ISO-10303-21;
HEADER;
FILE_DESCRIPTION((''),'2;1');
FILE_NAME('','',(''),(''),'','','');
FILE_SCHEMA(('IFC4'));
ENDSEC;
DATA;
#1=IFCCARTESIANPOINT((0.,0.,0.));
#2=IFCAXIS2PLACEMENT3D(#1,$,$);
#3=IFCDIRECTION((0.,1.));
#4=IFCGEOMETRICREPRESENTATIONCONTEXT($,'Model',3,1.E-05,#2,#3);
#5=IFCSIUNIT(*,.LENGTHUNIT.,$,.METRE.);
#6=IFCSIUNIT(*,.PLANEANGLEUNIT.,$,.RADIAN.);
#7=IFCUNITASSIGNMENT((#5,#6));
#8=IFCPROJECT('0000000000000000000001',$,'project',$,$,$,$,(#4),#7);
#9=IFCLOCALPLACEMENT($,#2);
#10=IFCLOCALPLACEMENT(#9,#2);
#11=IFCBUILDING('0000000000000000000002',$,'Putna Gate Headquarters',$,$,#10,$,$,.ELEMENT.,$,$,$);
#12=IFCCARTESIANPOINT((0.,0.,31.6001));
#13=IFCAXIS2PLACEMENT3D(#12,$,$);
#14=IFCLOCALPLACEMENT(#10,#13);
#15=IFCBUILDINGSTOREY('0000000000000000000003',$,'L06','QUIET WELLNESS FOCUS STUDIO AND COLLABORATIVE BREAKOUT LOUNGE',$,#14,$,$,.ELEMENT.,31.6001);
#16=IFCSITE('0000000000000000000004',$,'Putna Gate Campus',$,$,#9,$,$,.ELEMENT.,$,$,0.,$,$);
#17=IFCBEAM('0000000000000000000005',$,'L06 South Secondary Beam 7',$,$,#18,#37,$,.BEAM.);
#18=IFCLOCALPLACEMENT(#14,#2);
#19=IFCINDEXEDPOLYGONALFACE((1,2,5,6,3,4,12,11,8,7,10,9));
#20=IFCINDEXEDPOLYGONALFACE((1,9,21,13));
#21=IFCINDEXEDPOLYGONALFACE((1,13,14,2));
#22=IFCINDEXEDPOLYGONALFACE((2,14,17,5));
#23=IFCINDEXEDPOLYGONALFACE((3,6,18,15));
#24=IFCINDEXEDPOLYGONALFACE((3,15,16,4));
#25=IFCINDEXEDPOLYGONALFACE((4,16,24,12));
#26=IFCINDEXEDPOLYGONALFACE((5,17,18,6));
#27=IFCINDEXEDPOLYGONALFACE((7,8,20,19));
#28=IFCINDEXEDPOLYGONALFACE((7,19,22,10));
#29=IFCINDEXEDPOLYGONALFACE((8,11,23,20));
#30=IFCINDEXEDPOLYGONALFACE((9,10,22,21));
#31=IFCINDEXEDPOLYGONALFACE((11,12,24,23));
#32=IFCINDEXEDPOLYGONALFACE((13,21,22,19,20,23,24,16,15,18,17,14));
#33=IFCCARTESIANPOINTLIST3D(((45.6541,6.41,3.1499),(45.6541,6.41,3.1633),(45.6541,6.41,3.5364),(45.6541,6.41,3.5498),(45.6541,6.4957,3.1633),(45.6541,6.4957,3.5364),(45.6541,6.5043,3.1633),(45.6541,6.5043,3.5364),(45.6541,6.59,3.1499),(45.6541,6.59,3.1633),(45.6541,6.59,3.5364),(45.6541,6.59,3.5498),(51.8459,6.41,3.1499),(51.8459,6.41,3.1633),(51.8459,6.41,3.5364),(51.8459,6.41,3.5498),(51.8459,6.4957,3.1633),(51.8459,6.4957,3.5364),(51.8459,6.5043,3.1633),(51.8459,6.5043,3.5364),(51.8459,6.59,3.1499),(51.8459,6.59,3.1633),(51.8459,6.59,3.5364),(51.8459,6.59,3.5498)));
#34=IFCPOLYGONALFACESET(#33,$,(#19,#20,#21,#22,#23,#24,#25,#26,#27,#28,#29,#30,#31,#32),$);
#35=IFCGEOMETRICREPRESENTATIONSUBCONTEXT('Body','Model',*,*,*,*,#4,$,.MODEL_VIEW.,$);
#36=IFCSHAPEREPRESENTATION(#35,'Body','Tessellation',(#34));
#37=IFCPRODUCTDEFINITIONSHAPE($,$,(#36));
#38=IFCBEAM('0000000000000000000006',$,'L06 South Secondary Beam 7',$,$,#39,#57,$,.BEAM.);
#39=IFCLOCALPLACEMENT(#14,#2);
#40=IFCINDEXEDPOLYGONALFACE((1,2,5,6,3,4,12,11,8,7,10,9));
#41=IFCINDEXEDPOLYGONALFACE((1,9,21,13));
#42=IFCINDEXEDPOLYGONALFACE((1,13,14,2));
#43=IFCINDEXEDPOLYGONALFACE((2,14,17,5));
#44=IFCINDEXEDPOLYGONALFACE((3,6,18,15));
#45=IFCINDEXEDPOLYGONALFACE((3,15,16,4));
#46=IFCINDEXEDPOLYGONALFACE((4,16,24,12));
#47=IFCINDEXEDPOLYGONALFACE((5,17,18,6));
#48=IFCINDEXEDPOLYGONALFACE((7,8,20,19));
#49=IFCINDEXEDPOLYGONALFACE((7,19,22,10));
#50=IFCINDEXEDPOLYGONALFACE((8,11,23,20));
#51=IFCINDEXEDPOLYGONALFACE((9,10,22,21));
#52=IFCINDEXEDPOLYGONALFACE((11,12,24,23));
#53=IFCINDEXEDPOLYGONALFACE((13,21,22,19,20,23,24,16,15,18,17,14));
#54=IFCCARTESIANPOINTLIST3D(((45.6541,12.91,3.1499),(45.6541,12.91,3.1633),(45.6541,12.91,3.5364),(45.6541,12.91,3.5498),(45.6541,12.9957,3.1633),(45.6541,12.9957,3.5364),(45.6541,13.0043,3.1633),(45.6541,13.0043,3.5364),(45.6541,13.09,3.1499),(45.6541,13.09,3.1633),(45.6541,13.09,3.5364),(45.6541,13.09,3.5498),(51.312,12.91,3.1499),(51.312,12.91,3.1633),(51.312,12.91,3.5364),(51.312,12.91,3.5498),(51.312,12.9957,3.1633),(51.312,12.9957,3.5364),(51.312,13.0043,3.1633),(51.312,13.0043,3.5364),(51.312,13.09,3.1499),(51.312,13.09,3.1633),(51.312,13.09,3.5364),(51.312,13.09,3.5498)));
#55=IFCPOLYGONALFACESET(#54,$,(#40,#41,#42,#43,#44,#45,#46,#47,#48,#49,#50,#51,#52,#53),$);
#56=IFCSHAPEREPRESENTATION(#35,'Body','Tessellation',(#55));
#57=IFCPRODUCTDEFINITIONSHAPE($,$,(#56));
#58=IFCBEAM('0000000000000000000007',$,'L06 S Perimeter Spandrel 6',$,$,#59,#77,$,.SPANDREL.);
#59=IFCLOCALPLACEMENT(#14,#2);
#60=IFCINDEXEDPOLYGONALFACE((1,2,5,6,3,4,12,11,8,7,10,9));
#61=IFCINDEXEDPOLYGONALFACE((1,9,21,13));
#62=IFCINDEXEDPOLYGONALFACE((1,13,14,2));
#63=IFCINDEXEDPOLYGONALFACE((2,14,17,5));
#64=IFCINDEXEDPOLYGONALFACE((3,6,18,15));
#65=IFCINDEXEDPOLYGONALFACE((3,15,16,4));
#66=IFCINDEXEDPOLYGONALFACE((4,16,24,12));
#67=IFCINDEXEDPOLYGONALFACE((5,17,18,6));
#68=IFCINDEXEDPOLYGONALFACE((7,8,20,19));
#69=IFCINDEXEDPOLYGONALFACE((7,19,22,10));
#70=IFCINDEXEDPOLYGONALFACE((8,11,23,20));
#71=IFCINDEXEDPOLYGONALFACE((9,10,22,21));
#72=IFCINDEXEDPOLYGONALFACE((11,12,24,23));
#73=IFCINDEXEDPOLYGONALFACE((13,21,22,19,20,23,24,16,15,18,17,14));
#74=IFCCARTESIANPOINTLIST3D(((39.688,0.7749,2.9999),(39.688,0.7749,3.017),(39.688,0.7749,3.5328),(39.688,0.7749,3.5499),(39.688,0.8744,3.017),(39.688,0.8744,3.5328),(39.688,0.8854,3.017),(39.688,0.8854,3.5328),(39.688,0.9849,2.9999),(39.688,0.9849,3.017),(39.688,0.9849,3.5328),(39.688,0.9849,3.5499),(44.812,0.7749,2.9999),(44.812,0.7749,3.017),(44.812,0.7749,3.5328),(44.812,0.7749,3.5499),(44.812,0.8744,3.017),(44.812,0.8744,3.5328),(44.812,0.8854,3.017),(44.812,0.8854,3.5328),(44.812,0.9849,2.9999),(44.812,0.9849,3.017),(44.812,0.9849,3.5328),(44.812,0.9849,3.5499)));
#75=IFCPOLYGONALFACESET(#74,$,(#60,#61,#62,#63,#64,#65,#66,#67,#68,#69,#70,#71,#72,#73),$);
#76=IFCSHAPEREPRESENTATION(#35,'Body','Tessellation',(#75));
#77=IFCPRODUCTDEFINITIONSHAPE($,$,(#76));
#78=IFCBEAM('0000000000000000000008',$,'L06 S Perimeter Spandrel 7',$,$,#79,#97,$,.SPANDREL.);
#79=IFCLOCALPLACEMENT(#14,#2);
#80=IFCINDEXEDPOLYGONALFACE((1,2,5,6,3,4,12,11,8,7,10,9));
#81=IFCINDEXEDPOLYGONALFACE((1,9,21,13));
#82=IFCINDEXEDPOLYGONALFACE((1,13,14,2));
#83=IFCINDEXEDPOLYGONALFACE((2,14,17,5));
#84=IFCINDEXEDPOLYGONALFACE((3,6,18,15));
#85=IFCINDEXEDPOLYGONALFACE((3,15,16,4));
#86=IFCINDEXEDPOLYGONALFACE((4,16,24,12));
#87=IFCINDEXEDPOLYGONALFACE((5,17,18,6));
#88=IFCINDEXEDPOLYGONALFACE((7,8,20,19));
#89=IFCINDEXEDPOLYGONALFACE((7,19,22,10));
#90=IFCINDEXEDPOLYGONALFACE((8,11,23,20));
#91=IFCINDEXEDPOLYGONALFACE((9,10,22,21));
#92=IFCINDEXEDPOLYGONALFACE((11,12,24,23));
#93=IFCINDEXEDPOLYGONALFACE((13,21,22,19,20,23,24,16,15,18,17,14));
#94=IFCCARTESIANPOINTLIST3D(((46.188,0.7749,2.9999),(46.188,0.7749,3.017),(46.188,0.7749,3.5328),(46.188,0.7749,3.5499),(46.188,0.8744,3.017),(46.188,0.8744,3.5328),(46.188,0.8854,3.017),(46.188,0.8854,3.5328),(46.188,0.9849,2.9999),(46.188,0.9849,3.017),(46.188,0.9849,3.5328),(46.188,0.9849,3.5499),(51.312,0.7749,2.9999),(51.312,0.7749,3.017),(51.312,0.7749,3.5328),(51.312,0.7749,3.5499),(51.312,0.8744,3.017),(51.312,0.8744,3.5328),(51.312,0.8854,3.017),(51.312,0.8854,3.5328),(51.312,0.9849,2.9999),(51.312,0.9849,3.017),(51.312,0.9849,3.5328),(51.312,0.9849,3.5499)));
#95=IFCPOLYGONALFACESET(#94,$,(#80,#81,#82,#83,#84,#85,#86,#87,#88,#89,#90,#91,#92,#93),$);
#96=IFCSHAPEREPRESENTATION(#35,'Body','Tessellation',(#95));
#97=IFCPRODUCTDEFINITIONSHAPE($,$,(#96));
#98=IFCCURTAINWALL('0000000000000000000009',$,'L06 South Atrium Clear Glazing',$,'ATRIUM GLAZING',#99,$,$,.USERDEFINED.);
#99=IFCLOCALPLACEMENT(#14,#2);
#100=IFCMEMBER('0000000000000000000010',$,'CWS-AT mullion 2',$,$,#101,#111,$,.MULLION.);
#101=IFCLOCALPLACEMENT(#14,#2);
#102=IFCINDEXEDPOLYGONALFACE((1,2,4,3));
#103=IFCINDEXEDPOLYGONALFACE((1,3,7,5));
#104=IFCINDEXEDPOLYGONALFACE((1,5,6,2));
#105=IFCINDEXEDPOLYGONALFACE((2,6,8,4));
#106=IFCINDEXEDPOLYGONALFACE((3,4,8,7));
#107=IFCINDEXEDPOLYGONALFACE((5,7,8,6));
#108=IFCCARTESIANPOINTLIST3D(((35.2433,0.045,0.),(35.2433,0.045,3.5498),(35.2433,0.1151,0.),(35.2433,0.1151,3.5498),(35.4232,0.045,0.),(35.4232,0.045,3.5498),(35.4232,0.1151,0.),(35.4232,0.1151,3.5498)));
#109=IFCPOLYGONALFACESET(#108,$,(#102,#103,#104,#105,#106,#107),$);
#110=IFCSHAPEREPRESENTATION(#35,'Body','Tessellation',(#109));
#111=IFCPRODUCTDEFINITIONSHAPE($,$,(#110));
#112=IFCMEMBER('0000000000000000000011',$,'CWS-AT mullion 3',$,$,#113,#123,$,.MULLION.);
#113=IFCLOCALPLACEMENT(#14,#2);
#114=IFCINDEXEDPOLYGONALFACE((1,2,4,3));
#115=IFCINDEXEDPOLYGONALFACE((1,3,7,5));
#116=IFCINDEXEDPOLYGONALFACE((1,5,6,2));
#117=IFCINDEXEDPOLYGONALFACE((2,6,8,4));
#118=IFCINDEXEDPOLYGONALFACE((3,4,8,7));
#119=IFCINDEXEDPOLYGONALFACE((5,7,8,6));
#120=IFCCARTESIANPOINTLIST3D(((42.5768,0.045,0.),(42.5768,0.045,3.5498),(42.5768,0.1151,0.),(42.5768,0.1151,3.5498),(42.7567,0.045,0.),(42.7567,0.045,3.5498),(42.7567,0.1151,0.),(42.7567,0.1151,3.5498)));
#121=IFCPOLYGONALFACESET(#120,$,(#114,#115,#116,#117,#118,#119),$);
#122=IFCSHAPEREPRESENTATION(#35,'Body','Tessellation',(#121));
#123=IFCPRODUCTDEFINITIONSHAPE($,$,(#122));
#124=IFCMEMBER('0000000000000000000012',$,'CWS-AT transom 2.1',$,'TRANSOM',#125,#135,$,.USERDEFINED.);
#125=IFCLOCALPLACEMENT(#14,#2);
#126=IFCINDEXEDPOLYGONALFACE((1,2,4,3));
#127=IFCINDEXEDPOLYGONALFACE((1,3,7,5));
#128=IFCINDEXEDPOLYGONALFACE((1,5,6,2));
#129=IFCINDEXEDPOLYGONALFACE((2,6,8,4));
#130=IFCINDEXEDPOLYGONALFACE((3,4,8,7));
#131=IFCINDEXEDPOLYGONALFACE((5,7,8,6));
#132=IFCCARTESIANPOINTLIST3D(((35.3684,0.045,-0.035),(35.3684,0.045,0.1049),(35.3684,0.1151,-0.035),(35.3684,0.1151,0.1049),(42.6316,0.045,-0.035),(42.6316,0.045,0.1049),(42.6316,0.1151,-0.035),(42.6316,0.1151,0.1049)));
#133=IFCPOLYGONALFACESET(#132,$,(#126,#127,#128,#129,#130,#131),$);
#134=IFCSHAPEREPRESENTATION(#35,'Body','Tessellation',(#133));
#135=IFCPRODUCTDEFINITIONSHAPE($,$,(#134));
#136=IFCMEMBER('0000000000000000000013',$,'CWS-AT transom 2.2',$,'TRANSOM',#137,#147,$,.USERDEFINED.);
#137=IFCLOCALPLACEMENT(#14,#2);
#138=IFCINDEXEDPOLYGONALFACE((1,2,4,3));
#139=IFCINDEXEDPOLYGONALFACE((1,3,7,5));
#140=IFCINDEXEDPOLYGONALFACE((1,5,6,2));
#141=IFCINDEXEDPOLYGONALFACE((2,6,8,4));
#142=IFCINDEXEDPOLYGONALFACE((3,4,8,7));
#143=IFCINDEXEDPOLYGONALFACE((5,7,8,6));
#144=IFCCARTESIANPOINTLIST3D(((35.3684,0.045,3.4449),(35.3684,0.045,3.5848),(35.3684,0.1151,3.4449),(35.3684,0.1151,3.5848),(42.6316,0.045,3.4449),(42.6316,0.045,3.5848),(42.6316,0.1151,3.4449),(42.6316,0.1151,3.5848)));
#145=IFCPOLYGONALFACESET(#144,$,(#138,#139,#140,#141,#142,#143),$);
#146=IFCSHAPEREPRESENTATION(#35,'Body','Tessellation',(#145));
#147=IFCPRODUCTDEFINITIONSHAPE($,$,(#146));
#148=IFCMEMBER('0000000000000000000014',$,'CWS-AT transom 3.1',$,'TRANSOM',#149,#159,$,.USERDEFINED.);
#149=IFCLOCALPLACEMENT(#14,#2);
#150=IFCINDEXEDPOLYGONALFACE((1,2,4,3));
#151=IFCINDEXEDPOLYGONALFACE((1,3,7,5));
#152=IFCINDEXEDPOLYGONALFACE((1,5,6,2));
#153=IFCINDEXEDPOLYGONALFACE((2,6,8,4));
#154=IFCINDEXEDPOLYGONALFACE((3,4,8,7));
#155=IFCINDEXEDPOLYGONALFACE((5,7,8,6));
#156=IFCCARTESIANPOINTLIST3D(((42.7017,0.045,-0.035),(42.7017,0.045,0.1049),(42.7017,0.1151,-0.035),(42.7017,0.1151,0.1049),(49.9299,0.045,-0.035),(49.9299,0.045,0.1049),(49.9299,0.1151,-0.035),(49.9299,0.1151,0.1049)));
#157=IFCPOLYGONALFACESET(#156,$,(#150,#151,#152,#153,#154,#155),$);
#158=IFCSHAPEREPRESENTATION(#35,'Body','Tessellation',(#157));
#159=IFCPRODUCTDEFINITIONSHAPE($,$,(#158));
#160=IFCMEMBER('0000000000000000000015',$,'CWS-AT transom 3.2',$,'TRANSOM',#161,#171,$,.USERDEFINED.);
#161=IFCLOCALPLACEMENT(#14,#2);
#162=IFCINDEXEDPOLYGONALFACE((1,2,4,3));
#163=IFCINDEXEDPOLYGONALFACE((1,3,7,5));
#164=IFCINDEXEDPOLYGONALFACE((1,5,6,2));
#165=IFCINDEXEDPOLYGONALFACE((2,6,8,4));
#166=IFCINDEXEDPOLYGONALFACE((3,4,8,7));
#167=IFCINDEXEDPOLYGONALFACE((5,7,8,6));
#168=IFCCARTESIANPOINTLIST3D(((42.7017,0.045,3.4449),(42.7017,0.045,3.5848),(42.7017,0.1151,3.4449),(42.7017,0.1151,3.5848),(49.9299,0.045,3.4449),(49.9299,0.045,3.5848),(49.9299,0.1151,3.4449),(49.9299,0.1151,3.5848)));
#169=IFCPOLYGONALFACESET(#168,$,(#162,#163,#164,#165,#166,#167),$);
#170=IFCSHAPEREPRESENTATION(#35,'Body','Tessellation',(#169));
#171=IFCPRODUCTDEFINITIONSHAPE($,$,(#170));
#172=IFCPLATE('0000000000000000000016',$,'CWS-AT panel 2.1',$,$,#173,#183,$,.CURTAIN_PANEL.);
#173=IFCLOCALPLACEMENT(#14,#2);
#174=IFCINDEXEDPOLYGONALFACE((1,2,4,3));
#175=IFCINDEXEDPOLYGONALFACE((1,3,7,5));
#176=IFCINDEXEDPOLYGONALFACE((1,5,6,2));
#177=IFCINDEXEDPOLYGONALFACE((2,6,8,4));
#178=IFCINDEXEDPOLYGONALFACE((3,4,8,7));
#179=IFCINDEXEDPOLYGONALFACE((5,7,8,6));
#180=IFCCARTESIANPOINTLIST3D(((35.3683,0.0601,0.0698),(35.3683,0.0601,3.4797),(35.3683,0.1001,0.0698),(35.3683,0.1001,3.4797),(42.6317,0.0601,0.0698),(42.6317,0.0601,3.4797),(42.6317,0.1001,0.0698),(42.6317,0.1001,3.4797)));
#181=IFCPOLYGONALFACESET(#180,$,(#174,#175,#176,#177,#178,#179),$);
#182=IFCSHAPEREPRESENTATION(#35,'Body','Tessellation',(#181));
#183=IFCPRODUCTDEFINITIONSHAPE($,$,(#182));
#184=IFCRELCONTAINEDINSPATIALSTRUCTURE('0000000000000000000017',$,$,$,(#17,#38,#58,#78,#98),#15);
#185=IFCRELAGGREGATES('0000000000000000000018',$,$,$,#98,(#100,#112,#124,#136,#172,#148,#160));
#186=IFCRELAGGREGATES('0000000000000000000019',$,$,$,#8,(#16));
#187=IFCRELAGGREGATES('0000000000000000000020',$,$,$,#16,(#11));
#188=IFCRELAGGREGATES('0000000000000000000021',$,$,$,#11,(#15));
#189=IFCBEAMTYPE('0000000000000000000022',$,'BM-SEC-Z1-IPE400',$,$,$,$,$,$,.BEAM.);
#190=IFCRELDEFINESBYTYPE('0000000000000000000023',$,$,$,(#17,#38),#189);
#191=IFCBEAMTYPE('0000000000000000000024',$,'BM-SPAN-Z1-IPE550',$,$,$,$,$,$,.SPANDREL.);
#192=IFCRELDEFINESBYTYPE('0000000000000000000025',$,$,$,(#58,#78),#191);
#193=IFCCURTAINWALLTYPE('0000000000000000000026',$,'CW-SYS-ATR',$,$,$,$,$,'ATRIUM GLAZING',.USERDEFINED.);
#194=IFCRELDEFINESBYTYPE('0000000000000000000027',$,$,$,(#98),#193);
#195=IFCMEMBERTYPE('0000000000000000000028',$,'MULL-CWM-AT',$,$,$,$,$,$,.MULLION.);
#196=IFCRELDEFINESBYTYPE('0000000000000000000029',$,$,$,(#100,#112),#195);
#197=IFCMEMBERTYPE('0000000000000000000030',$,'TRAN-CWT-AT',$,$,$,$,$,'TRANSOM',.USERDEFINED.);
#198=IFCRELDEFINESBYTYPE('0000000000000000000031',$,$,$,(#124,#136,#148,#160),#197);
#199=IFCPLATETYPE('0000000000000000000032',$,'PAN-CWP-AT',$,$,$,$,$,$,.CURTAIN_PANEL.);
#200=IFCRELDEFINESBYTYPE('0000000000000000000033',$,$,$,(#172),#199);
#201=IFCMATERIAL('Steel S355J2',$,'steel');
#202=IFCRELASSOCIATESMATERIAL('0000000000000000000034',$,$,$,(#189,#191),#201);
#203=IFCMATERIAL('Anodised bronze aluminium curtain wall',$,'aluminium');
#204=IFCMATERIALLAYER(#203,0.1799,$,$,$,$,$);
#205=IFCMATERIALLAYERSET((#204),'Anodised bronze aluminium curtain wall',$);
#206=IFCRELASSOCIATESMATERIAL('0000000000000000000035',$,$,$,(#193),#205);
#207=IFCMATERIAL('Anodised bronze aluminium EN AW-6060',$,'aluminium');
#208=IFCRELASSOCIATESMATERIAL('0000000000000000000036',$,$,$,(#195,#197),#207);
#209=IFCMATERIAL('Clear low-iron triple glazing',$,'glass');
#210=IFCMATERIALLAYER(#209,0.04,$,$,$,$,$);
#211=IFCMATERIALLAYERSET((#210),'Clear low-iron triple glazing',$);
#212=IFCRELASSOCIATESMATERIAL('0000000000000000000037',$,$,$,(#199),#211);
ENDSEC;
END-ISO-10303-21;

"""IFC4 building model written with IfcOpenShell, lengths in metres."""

from ifc_helpers import new_model, si_unit, direction, frame, origin, origin_2d, place, context, subcontext, project, spatial, rectangle, i_section, extrude, material, layer, layer_set, material_profile, profile_set, type_object, element, aggregate, save


model = new_model("IFC4")

# Units and contexts
model_context = context("Model", 3, precision=1e-05, world=origin(), true_north=direction((0.0, 1.0)))
body_context = subcontext(model_context, "Body", "Model", "MODEL_VIEW")
ifc_project = project(units=[si_unit("LENGTHUNIT", "METRE"), si_unit("PLANEANGLEUNIT", "RADIAN")], contexts=[model_context])

# Site, building, storey
site_placement = place(None, origin())
site = spatial("IfcSite", under=ifc_project, at=site_placement, Name="Putna Gate Campus", CompositionType="ELEMENT", RefElevation=0.0)
building_placement = place(site_placement, origin())
building = spatial("IfcBuilding", under=site, at=building_placement, Name="Putna Gate Headquarters", CompositionType="ELEMENT")
storey_placement = place(building_placement, frame((0.0, 0.0, 31.6001)))
storey = spatial("IfcBuildingStorey", under=building, at=storey_placement, Name="L06", Description="QUIET WELLNESS FOCUS STUDIO AND COLLABORATIVE BREAKOUT LOUNGE", CompositionType="ELEMENT", Elevation=31.6001)

# Beams
ifc_material_1 = material(Name="Steel S355J2", Category="steel")
ifc_material_profile_1 = material_profile(ifc_material_1, i_section(OverallWidth=0.1799, OverallDepth=0.3999, WebThickness=0.0085, FlangeThickness=0.0134, at=origin_2d()), Name="Steel S355J2")
ifc_profile_set_1 = profile_set([ifc_material_profile_1], Name="Steel S355J2")
beam_type_1 = type_object("IfcBeamType", Name="BM-SEC-Z1-IPE400", PredefinedType="BEAM", material=ifc_profile_set_1)
for number, where, z_axis, x_axis, name in (
    (1, (45.6541, 6.5, 3.3499), (1.0, 0.0, 0.0), (0.0, 1.0, 0.0), "L06 South Secondary Beam 7"),
):
    element("IfcBeam", number, at=place(storey_placement, frame(where, z_axis=z_axis, x_axis=x_axis)), inside=storey, type_object=beam_type_1, Name=name, PredefinedType="BEAM", context=body_context, shape_type="SweptSolid", body=[
        extrude(i_section(OverallWidth=0.1799, OverallDepth=0.3999, WebThickness=0.0085, FlangeThickness=0.0134, at=origin_2d()), origin(), (0.0, 0.0, 1.0), 6.1919),
    ])
beam_1_placement = place(storey_placement, frame((45.6541, 13.0, 3.3499), z_axis=(1.0, 0.0, 0.0), x_axis=(0.0, 1.0, 0.0)))
element("IfcBeam", 2, at=beam_1_placement, inside=storey, type_object=beam_type_1, Name="L06 South Secondary Beam 7", PredefinedType="BEAM", context=body_context, shape_type="SweptSolid", body=[
    extrude(i_section(OverallWidth=0.1799, OverallDepth=0.3999, WebThickness=0.0085, FlangeThickness=0.0134, at=origin_2d()), origin(), (0.0, 0.0, 1.0), 5.658),
])
ifc_material_profile_2 = material_profile(ifc_material_1, i_section(OverallWidth=0.21, OverallDepth=0.55, WebThickness=0.011, FlangeThickness=0.0171, at=origin_2d()), Name="Steel S355J2")
ifc_profile_set_2 = profile_set([ifc_material_profile_2], Name="Steel S355J2")
beam_type_2 = type_object("IfcBeamType", Name="BM-SPAN-Z1-IPE550", PredefinedType="SPANDREL", material=ifc_profile_set_2)
for number, where, z_axis, x_axis, name in (
    (3, (39.688, 0.8799, 3.2749), (1.0, 0.0, 0.0), (0.0, 1.0, 0.0), "L06 S Perimeter Spandrel 6"),
    (4, (46.188, 0.8799, 3.2749), (1.0, 0.0, 0.0), (0.0, 1.0, 0.0), "L06 S Perimeter Spandrel 7"),
):
    element("IfcBeam", number, at=place(storey_placement, frame(where, z_axis=z_axis, x_axis=x_axis)), inside=storey, type_object=beam_type_2, Name=name, PredefinedType="SPANDREL", context=body_context, shape_type="SweptSolid", body=[
        extrude(i_section(OverallWidth=0.21, OverallDepth=0.55, WebThickness=0.011, FlangeThickness=0.0171, at=origin_2d()), origin(), (0.0, 0.0, 1.0), 5.124),
    ])

# Curtain wall, members, plate
ifc_material_2 = material(Name="Anodised bronze aluminium curtain wall", Category="aluminium")
ifc_layer_1 = layer(ifc_material_2, 0.1799)
ifc_layer_set_1 = layer_set([ifc_layer_1], Name="Anodised bronze aluminium curtain wall")
curtain_wall_type = type_object("IfcCurtainWallType", Name="CW-SYS-ATR", ElementType="ATRIUM GLAZING", PredefinedType="USERDEFINED", material=ifc_layer_set_1)
curtain_wall_placement = place(storey_placement, origin())
curtain_wall = element("IfcCurtainWall", 5, at=curtain_wall_placement, inside=storey, type_object=curtain_wall_type, Name="L06 South Atrium Clear Glazing", ObjectType="ATRIUM GLAZING", PredefinedType="USERDEFINED")
ifc_material_3 = material(Name="Anodised bronze aluminium EN AW-6060", Category="aluminium")
ifc_material_profile_3 = material_profile(ifc_material_3, rectangle(XDim=0.0701, YDim=0.1799, at=origin_2d()), Name="Anodised bronze aluminium EN AW-6060")
ifc_profile_set_3 = profile_set([ifc_material_profile_3], Name="Anodised bronze aluminium EN AW-6060")
member_type_1 = type_object("IfcMemberType", Name="MULL-CWM-AT", PredefinedType="MULLION", material=ifc_profile_set_3)
member_1_placement = place(storey_placement, frame((35.3333, 0.0801, 0.0), z_axis=(0.0, 0.0, 1.0), x_axis=(0.0, 1.0, 0.0)))
member_1 = element("IfcMember", 6, at=member_1_placement, type_object=member_type_1, Name="CWS-AT mullion 2", PredefinedType="MULLION", context=body_context, shape_type="SweptSolid", body=[
    extrude(rectangle(XDim=0.0701, YDim=0.1799, at=origin_2d()), origin(), (0.0, 0.0, 1.0), 3.5498),
])
member_2_placement = place(storey_placement, frame((42.6667, 0.0801, 0.0), z_axis=(0.0, 0.0, 1.0), x_axis=(0.0, 1.0, 0.0)))
member_2 = element("IfcMember", 7, at=member_2_placement, type_object=member_type_1, Name="CWS-AT mullion 3", PredefinedType="MULLION", context=body_context, shape_type="SweptSolid", body=[
    extrude(rectangle(XDim=0.0701, YDim=0.1799, at=origin_2d()), origin(), (0.0, 0.0, 1.0), 3.5498),
])
ifc_material_profile_4 = material_profile(ifc_material_3, rectangle(XDim=0.0701, YDim=0.1399, at=origin_2d()), Name="Anodised bronze aluminium EN AW-6060")
ifc_profile_set_4 = profile_set([ifc_material_profile_4], Name="Anodised bronze aluminium EN AW-6060")
member_type_2 = type_object("IfcMemberType", Name="TRAN-CWT-AT", ElementType="TRANSOM", PredefinedType="USERDEFINED", material=ifc_profile_set_4)
member_3_placement = place(storey_placement, frame((35.3684, 0.0801, 0.0349), z_axis=(1.0, 0.0, 0.0), x_axis=(0.0, 1.0, 0.0)))
member_3 = element("IfcMember", 8, at=member_3_placement, type_object=member_type_2, Name="CWS-AT transom 2.1", ObjectType="TRANSOM", PredefinedType="USERDEFINED", context=body_context, shape_type="SweptSolid", body=[
    extrude(rectangle(XDim=0.0701, YDim=0.1399, at=origin_2d()), origin(), (0.0, 0.0, 1.0), 7.2632),
])
member_4_placement = place(storey_placement, frame((35.3684, 0.0801, 3.5149), z_axis=(1.0, 0.0, 0.0), x_axis=(0.0, 1.0, 0.0)))
member_4 = element("IfcMember", 9, at=member_4_placement, type_object=member_type_2, Name="CWS-AT transom 2.2", ObjectType="TRANSOM", PredefinedType="USERDEFINED", context=body_context, shape_type="SweptSolid", body=[
    extrude(rectangle(XDim=0.0701, YDim=0.1399, at=origin_2d()), origin(), (0.0, 0.0, 1.0), 7.2632),
])
member_5_placement = place(storey_placement, frame((42.7017, 0.0801, 0.0349), z_axis=(1.0, 0.0, 0.0), x_axis=(0.0, 1.0, 0.0)))
member_5 = element("IfcMember", 10, at=member_5_placement, type_object=member_type_2, Name="CWS-AT transom 3.1", ObjectType="TRANSOM", PredefinedType="USERDEFINED", context=body_context, shape_type="SweptSolid", body=[
    extrude(rectangle(XDim=0.0701, YDim=0.1399, at=origin_2d()), origin(), (0.0, 0.0, 1.0), 7.2283),
])
member_6_placement = place(storey_placement, frame((42.7017, 0.0801, 3.5149), z_axis=(1.0, 0.0, 0.0), x_axis=(0.0, 1.0, 0.0)))
member_6 = element("IfcMember", 11, at=member_6_placement, type_object=member_type_2, Name="CWS-AT transom 3.2", ObjectType="TRANSOM", PredefinedType="USERDEFINED", context=body_context, shape_type="SweptSolid", body=[
    extrude(rectangle(XDim=0.0701, YDim=0.1399, at=origin_2d()), origin(), (0.0, 0.0, 1.0), 7.2283),
])
ifc_material_4 = material(Name="Clear low-iron triple glazing", Category="glass")
ifc_layer_2 = layer(ifc_material_4, 0.04)
ifc_layer_set_2 = layer_set([ifc_layer_2], Name="Clear low-iron triple glazing")
plate_type = type_object("IfcPlateType", Name="PAN-CWP-AT", PredefinedType="CURTAIN_PANEL", material=ifc_layer_set_2)
plate_1_placement = place(storey_placement, frame((39.0, 0.0801, 0.0698), z_axis=(0.0, 0.0, 1.0), x_axis=(1.0, 0.0, 0.0)))
plate_1 = element("IfcPlate", 12, at=plate_1_placement, type_object=plate_type, Name="CWS-AT panel 2.1", PredefinedType="CURTAIN_PANEL", context=body_context, shape_type="SweptSolid", body=[
    extrude(rectangle(XDim=7.2634, YDim=0.04, at=origin_2d()), origin(), (0.0, 0.0, 1.0), 3.4099),
])
aggregate(curtain_wall, [member_1, member_2, member_3, member_4, plate_1, member_5, member_6])

save(model, "model.ifc")
